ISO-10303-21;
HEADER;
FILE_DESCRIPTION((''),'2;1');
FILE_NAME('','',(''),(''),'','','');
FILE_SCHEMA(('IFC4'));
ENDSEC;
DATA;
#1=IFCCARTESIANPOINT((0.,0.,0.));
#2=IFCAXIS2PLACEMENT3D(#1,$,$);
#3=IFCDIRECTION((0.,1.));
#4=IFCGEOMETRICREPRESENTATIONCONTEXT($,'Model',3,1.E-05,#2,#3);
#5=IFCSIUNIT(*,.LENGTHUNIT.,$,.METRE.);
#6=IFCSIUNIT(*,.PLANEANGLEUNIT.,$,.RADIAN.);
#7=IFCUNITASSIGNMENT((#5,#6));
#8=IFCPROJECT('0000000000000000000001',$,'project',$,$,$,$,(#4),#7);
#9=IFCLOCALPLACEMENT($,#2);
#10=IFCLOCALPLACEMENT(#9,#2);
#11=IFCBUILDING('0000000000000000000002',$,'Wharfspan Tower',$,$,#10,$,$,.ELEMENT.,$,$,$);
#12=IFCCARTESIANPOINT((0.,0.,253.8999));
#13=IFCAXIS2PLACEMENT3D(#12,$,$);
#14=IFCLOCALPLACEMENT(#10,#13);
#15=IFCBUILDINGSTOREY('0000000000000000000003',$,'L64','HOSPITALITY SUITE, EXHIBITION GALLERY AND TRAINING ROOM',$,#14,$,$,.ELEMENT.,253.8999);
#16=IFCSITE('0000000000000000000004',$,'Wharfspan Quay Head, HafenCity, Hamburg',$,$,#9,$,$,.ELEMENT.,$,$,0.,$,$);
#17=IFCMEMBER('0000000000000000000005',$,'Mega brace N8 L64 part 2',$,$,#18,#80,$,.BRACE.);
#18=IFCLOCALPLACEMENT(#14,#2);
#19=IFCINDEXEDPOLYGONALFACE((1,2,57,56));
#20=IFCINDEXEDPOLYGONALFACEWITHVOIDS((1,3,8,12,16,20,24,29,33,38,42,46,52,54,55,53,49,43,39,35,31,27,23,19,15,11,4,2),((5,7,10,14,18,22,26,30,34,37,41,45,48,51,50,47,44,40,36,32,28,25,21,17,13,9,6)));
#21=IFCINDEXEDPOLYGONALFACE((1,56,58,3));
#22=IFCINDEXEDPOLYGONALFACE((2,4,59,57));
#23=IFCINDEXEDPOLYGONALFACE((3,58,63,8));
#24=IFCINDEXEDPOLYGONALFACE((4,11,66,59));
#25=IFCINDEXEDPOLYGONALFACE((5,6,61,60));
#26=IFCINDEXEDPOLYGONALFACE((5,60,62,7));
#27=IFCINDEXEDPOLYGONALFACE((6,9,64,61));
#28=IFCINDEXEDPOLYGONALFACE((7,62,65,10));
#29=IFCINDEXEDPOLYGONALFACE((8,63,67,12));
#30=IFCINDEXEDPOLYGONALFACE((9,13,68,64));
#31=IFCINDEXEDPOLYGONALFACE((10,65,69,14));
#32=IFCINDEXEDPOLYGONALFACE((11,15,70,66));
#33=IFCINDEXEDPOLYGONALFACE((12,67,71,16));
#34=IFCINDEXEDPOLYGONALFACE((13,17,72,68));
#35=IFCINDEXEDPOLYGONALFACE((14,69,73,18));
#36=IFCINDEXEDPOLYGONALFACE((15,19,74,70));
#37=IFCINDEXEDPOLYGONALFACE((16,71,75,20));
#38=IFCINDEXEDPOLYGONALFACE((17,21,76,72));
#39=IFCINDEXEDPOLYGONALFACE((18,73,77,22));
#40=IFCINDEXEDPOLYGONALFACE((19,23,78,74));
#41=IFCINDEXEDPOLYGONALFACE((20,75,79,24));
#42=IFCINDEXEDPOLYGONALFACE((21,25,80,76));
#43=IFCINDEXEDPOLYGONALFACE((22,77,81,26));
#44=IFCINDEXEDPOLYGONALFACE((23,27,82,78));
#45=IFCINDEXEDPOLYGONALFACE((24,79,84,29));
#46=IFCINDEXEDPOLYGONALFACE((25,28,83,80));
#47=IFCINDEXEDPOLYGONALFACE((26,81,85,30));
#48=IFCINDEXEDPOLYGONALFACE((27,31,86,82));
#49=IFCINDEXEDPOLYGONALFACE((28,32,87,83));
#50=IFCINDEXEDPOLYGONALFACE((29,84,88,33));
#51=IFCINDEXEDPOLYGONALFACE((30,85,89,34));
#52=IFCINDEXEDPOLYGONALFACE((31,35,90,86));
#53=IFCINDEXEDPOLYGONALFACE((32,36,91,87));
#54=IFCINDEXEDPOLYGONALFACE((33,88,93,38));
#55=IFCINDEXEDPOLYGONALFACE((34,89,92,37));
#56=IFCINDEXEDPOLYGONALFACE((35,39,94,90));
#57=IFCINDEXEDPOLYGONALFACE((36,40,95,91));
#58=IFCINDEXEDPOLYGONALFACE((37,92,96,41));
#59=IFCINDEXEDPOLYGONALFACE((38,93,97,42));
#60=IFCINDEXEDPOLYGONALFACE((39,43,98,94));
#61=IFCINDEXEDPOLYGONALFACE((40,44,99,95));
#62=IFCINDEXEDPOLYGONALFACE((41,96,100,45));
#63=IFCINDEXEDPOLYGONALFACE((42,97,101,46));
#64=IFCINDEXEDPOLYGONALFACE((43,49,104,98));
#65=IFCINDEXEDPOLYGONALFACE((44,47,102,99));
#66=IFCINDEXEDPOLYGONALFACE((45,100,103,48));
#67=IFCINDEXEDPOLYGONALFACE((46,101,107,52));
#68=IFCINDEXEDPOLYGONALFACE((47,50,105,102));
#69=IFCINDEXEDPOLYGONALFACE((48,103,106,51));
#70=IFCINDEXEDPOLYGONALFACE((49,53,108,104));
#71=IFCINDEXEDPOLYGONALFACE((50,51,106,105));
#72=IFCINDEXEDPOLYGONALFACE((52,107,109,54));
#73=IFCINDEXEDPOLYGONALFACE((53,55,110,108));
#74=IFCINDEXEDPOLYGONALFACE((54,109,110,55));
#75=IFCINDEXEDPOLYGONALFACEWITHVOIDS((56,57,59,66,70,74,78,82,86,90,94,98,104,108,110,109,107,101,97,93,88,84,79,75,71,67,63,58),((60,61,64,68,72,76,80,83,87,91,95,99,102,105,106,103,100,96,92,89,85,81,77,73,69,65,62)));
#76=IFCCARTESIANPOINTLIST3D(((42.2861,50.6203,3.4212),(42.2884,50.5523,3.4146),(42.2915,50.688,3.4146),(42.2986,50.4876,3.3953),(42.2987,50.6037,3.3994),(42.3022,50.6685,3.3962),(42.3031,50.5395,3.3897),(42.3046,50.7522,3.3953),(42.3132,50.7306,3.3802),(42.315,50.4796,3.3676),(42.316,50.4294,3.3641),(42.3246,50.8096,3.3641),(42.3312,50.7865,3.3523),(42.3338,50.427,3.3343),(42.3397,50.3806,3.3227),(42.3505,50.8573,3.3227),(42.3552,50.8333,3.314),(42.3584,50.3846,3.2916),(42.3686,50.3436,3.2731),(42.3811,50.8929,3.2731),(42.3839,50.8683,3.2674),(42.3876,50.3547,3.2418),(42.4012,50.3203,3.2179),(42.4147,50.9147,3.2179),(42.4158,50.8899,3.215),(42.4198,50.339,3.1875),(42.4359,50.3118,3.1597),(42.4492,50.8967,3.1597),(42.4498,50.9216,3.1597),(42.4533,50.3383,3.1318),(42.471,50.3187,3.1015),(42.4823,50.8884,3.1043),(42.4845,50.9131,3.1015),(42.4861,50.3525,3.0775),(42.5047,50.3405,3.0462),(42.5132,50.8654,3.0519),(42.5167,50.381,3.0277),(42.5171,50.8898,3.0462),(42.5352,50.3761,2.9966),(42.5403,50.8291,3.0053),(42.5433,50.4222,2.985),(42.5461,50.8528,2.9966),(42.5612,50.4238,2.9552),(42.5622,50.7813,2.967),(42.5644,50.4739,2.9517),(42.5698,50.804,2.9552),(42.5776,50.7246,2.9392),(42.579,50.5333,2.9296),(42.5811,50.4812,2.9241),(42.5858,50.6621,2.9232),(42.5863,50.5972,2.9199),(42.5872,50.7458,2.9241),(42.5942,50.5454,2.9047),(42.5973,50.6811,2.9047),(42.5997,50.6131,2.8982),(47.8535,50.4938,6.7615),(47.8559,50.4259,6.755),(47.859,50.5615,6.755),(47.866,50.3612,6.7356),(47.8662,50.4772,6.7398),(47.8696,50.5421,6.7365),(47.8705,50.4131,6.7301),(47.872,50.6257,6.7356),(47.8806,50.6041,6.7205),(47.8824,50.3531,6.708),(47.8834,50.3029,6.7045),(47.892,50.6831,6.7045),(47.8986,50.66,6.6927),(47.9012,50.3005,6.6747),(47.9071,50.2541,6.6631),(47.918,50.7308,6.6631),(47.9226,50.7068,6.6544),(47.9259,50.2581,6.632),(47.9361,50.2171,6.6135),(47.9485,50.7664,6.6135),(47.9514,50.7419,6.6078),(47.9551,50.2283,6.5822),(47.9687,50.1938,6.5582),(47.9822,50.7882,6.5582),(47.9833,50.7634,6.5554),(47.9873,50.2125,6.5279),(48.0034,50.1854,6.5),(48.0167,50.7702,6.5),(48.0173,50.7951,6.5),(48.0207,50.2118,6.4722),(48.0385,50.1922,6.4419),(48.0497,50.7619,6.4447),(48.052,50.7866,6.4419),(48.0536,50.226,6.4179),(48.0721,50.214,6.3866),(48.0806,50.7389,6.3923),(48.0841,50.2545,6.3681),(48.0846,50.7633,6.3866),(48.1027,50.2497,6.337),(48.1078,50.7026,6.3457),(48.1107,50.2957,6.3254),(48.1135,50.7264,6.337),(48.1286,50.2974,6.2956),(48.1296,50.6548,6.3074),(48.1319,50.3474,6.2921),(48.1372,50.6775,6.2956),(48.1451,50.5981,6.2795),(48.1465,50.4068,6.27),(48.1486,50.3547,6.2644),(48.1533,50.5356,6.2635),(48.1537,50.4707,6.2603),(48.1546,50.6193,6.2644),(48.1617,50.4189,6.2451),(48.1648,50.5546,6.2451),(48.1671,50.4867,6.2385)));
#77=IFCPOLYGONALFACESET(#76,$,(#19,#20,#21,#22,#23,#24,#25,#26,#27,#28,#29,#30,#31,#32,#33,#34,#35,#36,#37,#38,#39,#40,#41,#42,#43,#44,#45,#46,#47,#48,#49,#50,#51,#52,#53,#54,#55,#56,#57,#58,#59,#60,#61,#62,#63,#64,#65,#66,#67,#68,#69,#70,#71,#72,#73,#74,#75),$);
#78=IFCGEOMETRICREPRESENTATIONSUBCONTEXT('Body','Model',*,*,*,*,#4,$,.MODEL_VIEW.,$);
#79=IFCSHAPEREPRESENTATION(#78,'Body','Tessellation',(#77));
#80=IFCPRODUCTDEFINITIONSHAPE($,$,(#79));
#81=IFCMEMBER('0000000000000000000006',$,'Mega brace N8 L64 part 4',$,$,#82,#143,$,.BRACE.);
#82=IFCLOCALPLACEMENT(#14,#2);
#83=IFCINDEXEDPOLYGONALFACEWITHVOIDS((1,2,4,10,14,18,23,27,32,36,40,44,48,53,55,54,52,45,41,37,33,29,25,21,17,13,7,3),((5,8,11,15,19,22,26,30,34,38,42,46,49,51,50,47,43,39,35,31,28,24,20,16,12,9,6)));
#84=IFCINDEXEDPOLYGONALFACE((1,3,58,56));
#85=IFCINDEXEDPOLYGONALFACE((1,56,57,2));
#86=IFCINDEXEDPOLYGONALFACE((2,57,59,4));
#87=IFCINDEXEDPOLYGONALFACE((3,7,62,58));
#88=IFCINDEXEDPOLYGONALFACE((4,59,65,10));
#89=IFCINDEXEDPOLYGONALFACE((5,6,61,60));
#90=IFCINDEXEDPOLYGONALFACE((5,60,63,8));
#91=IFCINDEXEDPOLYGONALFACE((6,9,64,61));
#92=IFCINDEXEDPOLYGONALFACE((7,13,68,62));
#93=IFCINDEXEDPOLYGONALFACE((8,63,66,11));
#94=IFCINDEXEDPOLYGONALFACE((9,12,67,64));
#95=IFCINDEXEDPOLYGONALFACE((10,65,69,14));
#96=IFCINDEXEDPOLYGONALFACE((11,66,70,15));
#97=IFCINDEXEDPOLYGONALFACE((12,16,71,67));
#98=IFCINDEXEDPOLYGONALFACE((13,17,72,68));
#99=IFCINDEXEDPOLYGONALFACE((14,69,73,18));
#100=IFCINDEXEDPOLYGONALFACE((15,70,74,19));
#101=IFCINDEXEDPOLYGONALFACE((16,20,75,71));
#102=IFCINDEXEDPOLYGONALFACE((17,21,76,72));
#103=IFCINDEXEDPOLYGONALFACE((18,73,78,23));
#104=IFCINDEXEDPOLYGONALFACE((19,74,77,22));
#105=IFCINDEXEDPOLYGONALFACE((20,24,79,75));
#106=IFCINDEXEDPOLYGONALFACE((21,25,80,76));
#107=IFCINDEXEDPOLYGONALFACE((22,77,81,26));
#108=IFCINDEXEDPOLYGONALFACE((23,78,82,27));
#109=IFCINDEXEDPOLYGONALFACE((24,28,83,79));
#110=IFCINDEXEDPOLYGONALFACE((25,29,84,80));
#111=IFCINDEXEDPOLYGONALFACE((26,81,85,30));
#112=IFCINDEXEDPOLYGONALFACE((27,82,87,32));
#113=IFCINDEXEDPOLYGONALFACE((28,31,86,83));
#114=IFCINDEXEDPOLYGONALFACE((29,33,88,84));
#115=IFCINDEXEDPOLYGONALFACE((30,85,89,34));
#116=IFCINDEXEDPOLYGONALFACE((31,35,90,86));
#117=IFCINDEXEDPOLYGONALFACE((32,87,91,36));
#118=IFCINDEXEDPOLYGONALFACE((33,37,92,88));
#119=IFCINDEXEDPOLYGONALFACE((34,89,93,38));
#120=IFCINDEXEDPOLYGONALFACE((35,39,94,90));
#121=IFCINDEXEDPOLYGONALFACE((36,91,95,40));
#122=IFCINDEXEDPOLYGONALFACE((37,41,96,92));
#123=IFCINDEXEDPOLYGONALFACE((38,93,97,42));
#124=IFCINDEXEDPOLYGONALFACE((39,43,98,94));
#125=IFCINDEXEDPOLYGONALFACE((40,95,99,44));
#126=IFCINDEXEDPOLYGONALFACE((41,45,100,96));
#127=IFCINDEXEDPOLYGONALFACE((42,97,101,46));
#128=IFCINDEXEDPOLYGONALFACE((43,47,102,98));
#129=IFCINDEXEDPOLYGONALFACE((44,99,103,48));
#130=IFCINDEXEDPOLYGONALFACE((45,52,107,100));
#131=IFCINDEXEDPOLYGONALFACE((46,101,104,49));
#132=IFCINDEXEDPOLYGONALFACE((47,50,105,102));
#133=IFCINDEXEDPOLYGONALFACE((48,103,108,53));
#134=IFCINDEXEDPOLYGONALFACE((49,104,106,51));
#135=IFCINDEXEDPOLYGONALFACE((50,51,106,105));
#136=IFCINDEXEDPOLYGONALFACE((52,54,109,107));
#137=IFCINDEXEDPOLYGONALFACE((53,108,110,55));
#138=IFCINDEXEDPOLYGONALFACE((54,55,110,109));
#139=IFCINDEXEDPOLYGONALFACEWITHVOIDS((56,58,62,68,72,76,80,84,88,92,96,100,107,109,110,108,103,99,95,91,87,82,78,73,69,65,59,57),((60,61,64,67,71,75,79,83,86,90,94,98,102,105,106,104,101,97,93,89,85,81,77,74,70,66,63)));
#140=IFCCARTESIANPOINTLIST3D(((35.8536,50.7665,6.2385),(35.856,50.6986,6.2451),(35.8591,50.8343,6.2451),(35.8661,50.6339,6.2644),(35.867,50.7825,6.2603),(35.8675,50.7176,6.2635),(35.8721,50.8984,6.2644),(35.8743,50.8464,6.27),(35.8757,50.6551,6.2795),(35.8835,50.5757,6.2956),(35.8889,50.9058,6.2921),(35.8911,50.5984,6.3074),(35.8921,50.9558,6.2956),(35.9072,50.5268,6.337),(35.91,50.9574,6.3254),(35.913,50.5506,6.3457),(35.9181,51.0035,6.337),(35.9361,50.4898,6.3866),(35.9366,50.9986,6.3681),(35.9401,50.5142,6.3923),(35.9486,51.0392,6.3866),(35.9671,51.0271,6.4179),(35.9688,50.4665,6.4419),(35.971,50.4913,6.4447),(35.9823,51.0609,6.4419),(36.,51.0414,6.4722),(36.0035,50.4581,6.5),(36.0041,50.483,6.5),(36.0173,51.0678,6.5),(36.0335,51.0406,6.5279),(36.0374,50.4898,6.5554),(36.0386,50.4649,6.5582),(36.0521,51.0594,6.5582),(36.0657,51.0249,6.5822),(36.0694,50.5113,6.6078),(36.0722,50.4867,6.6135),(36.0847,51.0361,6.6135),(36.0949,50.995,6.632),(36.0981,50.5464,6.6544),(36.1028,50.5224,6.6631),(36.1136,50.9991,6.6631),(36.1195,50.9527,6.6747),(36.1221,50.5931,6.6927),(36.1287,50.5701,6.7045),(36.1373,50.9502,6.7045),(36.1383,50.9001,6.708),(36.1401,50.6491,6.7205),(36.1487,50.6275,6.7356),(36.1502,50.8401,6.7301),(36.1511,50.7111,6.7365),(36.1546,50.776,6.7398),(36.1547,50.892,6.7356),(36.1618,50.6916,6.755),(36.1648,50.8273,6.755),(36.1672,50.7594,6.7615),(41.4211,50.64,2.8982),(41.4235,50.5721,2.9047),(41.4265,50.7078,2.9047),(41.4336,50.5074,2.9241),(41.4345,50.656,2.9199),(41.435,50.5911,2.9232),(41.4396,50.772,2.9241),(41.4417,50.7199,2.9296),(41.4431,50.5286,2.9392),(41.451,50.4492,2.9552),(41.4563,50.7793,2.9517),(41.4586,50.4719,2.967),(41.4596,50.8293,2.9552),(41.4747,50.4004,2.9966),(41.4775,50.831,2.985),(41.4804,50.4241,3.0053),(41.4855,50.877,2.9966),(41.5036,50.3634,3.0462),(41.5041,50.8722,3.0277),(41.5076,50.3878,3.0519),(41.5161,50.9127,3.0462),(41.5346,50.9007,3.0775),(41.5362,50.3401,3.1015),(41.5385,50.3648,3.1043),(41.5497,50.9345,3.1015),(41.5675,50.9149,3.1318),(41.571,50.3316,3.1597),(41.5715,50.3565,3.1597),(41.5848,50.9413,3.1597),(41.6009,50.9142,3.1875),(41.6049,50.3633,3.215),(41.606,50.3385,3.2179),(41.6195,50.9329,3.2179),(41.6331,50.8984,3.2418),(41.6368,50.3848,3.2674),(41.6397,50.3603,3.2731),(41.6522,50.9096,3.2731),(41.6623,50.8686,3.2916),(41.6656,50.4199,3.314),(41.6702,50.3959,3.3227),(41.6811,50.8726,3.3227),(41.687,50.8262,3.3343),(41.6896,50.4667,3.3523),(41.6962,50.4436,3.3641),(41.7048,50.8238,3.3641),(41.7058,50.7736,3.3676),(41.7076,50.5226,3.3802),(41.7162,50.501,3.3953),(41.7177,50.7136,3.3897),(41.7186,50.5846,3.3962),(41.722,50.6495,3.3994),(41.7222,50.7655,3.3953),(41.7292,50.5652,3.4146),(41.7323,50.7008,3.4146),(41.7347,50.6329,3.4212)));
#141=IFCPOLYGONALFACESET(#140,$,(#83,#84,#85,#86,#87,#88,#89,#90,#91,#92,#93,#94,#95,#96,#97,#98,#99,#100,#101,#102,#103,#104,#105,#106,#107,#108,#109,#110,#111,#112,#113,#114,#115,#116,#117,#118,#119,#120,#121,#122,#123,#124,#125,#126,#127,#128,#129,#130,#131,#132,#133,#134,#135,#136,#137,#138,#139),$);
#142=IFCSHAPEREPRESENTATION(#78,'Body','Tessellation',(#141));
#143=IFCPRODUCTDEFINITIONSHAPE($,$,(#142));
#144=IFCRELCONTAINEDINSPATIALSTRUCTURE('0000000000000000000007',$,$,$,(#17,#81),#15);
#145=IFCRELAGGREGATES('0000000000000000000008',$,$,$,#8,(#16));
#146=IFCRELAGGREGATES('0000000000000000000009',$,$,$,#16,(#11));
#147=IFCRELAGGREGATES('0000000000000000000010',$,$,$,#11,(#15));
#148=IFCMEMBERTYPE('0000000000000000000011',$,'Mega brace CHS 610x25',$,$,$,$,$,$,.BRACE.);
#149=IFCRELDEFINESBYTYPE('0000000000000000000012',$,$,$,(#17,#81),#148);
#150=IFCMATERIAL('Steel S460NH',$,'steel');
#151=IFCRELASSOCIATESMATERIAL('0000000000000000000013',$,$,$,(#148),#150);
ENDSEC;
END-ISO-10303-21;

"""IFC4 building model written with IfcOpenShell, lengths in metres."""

from ifc_helpers import new_model, si_unit, direction, frame, origin, origin_2d, place, context, subcontext, project, spatial, hollow_circle, extrude, material, material_profile, profile_set, type_object, element, save


model = new_model("IFC4")

# Units and contexts
model_context = context("Model", 3, precision=1e-05, world=origin(), true_north=direction((0.0, 1.0)))
body_context = subcontext(model_context, "Body", "Model", "MODEL_VIEW")
ifc_project = project(units=[si_unit("LENGTHUNIT", "METRE"), si_unit("PLANEANGLEUNIT", "RADIAN")], contexts=[model_context])

# Site, building, storey
site_placement = place(None, origin())
site = spatial("IfcSite", under=ifc_project, at=site_placement, Name="Wharfspan Quay Head, HafenCity, Hamburg", CompositionType="ELEMENT", RefElevation=0.0)
building_placement = place(site_placement, origin())
building = spatial("IfcBuilding", under=site, at=building_placement, Name="Wharfspan Tower", CompositionType="ELEMENT")
storey_placement = place(building_placement, frame((0.0, 0.0, 253.8999)))
storey = spatial("IfcBuildingStorey", under=building, at=storey_placement, Name="L64", Description="HOSPITALITY SUITE, EXHIBITION GALLERY AND TRAINING ROOM", CompositionType="ELEMENT", Elevation=253.8999)

# Shared definitions
ifc_material_1 = material(Name="Steel S460NH", Category="steel")

# Members
ifc_material_profile_1 = material_profile(ifc_material_1, hollow_circle(Radius=0.3049, WallThickness=0.0249, at=origin_2d()))
ifc_profile_set_1 = profile_set([ifc_material_profile_1], Name="Steel S460NH")
member_type_1 = type_object("IfcMemberType", Name="Mega brace CHS 610x25", PredefinedType="BRACE", material=ifc_profile_set_1)
for number, where, z_axis, x_axis, name in (
    (1, (42.4429, 50.6167, 3.1597), (0.857337, -0.019475, 0.514387), (0.022711, 0.999741, -0.000002), "Mega brace N8 L64 part 2"),
    (2, (41.5779, 50.6365, 3.1597), (-0.857337, 0.019475, 0.514387), (-0.022711, -0.999741, -0.000002), "Mega brace N8 L64 part 4"),
):
    element("IfcMember", number, at=place(storey_placement, frame(where, z_axis=z_axis, x_axis=x_axis)), inside=storey, type_object=member_type_1, Name=name, PredefinedType="BRACE", context=body_context, shape_type="SweptSolid", body=[
        extrude(hollow_circle(Radius=0.3049, WallThickness=0.0249, at=origin_2d()), origin(), (0.0, 0.0, 1.0), 6.4939),
    ])

save(model, "model.ifc")
